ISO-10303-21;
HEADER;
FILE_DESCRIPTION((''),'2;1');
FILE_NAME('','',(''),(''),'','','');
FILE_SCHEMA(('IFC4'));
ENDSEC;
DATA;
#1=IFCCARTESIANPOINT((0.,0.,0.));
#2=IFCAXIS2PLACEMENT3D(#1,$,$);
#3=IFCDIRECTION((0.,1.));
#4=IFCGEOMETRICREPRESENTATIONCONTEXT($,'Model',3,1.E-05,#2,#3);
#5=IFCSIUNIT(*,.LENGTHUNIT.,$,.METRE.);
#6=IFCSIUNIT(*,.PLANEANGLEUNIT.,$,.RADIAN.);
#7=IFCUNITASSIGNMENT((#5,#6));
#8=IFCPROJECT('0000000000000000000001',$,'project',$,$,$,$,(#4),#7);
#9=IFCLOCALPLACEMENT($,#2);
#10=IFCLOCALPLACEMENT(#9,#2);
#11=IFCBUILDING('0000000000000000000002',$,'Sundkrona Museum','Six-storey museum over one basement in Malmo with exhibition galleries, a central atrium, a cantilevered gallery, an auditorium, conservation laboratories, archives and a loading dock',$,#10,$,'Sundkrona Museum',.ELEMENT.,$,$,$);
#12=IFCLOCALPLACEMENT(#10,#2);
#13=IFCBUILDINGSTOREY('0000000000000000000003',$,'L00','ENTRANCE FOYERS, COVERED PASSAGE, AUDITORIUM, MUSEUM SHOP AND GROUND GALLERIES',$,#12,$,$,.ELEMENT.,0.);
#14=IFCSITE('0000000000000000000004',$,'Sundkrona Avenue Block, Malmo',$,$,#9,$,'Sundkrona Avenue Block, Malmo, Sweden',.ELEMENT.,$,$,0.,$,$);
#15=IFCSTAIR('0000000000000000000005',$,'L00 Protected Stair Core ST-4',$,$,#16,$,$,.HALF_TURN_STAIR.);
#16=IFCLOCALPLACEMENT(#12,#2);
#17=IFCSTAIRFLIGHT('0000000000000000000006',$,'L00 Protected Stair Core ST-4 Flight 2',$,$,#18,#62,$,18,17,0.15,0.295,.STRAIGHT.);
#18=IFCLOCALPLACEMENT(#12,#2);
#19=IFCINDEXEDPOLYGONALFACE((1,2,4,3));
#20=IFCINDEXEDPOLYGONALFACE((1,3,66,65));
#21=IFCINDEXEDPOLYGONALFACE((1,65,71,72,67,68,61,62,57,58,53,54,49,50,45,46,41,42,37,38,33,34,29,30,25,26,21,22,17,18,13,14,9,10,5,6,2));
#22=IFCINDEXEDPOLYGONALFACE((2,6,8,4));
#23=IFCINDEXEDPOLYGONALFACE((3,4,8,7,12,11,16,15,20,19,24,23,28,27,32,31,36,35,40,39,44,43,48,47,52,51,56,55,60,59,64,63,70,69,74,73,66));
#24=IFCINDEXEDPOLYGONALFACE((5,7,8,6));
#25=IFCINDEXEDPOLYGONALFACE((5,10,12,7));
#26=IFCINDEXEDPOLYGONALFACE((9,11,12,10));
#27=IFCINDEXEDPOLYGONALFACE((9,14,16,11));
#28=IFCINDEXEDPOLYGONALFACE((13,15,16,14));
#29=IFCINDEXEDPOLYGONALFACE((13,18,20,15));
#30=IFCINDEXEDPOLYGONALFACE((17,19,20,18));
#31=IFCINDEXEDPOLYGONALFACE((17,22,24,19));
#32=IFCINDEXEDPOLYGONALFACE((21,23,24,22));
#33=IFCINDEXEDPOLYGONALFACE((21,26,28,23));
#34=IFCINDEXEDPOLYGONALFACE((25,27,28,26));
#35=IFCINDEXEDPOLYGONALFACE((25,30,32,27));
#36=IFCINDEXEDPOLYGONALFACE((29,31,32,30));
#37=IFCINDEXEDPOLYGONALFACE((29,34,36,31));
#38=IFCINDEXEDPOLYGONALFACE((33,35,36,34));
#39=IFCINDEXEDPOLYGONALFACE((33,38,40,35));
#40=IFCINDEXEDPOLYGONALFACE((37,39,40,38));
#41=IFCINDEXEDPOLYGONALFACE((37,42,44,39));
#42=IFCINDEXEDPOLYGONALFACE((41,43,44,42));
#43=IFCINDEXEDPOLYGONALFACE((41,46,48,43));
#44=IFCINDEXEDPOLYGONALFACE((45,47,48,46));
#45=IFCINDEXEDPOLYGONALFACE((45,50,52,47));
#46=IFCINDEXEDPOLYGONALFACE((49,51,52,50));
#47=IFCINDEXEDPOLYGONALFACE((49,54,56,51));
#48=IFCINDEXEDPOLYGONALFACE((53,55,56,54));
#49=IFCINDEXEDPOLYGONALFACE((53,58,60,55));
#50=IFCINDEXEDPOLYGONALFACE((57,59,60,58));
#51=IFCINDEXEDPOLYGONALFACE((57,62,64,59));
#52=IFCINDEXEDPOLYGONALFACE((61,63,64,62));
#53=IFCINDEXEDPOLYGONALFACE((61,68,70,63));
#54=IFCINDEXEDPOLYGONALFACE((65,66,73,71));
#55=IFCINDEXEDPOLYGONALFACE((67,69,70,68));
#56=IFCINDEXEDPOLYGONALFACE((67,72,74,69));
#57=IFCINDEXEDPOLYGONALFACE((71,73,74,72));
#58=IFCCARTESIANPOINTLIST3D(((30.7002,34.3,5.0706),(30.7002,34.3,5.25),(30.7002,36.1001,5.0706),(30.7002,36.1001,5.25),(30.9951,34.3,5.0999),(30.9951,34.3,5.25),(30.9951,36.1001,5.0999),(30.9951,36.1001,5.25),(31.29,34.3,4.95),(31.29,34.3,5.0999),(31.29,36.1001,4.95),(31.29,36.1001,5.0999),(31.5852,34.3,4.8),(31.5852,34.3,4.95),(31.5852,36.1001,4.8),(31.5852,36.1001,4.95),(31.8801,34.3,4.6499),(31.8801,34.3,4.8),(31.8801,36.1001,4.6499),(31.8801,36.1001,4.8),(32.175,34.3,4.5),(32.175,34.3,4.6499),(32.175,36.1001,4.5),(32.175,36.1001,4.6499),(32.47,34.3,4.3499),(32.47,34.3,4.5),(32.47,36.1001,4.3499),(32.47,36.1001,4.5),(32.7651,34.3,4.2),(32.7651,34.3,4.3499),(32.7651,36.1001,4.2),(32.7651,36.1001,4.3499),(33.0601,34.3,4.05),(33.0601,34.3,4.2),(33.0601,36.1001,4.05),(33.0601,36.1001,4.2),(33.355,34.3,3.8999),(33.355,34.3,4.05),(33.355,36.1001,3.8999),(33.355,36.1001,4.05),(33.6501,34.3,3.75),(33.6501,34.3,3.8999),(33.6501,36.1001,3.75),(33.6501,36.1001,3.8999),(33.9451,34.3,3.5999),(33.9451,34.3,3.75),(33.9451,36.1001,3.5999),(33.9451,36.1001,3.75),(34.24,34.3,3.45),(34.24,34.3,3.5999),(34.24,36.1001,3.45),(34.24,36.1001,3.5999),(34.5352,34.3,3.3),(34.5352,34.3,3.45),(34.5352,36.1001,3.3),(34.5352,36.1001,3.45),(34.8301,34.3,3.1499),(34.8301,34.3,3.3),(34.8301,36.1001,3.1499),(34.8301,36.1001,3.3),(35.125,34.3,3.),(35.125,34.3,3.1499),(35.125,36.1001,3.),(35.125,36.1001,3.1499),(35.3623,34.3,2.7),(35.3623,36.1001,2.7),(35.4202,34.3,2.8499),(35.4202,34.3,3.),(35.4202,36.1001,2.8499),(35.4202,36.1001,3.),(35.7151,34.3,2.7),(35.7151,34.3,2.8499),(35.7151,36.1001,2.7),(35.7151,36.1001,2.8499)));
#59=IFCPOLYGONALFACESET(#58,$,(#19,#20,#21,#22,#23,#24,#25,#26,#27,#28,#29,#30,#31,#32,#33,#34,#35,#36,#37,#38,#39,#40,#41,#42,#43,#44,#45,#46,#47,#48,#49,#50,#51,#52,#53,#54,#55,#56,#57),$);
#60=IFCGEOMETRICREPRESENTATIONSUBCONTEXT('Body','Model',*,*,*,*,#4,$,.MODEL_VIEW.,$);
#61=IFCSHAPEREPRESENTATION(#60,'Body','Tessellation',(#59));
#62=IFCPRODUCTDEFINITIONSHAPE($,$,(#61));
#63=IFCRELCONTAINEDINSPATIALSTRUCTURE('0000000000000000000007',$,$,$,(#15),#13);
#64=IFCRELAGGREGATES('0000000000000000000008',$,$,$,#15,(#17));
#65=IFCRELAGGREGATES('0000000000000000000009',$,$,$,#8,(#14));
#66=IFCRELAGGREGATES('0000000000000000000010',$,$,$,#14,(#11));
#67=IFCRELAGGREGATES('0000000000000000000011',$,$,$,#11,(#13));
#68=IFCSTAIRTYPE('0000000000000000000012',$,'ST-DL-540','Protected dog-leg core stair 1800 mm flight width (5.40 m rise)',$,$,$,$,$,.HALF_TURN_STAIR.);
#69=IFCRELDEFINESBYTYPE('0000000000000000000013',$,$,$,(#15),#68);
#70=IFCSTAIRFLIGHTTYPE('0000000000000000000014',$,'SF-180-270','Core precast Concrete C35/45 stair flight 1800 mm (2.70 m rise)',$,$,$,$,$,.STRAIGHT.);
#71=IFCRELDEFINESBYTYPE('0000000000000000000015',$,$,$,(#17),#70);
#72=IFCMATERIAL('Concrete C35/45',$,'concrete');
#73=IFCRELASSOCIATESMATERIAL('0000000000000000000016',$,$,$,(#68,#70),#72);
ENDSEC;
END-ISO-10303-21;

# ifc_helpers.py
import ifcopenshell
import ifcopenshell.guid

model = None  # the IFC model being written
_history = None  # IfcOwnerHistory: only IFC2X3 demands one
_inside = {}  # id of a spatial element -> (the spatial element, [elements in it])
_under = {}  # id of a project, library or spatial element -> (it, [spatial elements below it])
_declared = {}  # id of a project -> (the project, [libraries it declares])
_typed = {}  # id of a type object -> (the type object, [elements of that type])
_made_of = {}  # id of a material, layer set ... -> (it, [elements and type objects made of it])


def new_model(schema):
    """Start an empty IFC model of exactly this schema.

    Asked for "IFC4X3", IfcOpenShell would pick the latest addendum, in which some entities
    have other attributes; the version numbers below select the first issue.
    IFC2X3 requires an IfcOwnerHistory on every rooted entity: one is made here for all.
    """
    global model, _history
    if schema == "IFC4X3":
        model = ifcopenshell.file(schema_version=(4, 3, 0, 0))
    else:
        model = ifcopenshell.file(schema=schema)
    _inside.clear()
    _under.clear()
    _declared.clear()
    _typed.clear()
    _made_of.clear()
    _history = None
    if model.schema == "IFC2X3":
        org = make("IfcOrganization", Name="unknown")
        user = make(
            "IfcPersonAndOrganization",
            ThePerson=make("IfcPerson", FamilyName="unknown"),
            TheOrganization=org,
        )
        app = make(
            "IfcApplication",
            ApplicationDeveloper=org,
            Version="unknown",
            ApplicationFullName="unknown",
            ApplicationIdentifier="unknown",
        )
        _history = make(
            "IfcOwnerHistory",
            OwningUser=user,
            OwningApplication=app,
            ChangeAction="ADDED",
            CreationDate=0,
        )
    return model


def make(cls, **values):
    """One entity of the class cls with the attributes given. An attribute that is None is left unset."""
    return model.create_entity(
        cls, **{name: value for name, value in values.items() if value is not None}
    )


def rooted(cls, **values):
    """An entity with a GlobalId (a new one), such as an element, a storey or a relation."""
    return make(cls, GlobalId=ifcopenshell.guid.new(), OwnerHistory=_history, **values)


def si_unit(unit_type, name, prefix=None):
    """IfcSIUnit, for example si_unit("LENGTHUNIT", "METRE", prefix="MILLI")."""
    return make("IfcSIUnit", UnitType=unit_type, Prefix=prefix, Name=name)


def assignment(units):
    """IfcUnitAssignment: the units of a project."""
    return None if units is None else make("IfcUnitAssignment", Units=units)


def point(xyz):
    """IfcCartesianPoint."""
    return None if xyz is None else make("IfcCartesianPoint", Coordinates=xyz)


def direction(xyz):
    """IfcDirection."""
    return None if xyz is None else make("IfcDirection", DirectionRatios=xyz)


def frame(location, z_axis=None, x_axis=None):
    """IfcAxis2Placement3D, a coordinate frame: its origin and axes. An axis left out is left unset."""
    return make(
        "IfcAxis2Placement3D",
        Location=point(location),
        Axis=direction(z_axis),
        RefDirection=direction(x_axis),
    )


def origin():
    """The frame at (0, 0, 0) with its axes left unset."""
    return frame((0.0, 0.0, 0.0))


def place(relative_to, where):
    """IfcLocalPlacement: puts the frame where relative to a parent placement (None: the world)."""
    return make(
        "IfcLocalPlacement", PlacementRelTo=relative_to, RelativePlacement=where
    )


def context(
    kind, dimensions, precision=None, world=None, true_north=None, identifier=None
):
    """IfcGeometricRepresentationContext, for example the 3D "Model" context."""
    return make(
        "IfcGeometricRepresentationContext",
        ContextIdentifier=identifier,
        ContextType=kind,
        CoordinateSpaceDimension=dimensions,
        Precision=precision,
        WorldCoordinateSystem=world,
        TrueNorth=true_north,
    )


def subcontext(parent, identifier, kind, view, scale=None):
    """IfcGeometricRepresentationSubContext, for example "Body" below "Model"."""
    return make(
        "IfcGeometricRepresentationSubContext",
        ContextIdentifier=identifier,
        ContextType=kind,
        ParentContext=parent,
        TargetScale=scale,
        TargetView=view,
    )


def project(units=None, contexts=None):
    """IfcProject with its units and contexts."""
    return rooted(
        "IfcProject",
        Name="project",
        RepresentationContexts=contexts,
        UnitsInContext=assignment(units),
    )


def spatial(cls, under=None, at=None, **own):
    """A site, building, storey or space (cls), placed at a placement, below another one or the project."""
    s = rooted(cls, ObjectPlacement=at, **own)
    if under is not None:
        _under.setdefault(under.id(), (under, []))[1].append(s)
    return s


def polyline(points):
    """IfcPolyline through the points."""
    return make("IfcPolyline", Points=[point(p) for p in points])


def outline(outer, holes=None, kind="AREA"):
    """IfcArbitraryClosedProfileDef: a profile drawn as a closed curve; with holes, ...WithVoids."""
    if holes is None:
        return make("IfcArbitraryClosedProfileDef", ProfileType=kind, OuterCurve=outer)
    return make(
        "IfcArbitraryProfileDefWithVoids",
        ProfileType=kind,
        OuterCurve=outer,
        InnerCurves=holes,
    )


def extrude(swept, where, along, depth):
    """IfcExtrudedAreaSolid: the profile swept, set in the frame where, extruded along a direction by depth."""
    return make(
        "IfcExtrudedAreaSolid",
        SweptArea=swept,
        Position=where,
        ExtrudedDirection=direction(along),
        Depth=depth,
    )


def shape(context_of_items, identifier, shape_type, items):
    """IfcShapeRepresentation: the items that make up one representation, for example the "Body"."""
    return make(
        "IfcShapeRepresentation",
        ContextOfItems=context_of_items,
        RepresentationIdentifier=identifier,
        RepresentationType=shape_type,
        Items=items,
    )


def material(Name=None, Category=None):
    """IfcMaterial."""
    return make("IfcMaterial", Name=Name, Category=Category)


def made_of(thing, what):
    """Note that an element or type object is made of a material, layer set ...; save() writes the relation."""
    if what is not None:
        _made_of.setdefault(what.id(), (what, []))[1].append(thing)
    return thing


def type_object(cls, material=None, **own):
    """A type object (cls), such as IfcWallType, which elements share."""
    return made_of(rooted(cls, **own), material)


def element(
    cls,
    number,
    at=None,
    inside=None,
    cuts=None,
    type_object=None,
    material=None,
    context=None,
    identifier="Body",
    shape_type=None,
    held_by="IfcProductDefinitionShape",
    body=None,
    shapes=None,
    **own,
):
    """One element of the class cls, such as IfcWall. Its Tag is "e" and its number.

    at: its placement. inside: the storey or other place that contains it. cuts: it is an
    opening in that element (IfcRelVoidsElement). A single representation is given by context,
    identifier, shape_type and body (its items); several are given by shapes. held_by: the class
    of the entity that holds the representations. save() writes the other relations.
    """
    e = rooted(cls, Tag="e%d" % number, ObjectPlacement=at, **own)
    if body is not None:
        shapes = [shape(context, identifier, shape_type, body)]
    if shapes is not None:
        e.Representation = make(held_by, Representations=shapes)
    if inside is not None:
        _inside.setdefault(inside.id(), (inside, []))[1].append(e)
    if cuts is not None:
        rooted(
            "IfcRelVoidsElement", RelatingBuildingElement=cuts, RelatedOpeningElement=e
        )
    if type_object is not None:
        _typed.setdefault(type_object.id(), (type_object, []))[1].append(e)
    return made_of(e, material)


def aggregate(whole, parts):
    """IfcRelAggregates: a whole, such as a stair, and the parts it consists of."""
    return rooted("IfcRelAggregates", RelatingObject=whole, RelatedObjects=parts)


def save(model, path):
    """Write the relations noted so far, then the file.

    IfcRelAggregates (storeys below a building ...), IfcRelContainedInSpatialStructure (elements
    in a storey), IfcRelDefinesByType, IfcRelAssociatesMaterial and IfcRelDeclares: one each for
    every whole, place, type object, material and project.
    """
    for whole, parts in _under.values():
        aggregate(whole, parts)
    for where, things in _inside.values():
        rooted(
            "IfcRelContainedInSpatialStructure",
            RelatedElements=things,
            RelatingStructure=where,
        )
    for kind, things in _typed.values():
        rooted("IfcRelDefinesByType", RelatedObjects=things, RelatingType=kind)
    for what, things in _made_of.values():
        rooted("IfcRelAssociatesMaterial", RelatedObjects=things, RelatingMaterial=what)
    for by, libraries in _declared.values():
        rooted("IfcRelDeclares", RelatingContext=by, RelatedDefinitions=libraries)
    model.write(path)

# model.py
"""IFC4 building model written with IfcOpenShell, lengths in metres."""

from ifc_helpers import new_model, si_unit, direction, frame, origin, place, context, subcontext, project, spatial, polyline, outline, extrude, material, type_object, element, aggregate, save


model = new_model("IFC4")

# Units and contexts
model_context = context("Model", 3, precision=1e-05, world=origin(), true_north=direction((0.0, 1.0)))
body_context = subcontext(model_context, "Body", "Model", "MODEL_VIEW")
ifc_project = project(units=[si_unit("LENGTHUNIT", "METRE"), si_unit("PLANEANGLEUNIT", "RADIAN")], contexts=[model_context])

# Site, building, storey
site_placement = place(None, origin())
site = spatial("IfcSite", under=ifc_project, at=site_placement, Name="Sundkrona Avenue Block, Malmo", LongName="Sundkrona Avenue Block, Malmo, Sweden", CompositionType="ELEMENT", RefElevation=0.0)
building_placement = place(site_placement, origin())
building = spatial("IfcBuilding", under=site, at=building_placement, Name="Sundkrona Museum", Description="Six-storey museum over one basement in Malmo with exhibition galleries, a central atrium, a cantilevered gallery, an auditorium, conservation laboratories, archives and a loading dock", LongName="Sundkrona Museum", CompositionType="ELEMENT")
storey_placement = place(building_placement, origin())
storey = spatial("IfcBuildingStorey", under=building, at=storey_placement, Name="L00", Description="ENTRANCE FOYERS, COVERED PASSAGE, AUDITORIUM, MUSEUM SHOP AND GROUND GALLERIES", CompositionType="ELEMENT", Elevation=0.0)

# Stair, stair flight
ifc_material_1 = material(Name="Concrete C35/45", Category="concrete")
stair_type = type_object("IfcStairType", Name="ST-DL-540", Description="Protected dog-leg core stair 1800 mm flight width (5.40 m rise)", PredefinedType="HALF_TURN_STAIR", material=ifc_material_1)
stair_placement = place(storey_placement, origin())
stair = element("IfcStair", 1, at=stair_placement, inside=storey, type_object=stair_type, Name="L00 Protected Stair Core ST-4", PredefinedType="HALF_TURN_STAIR")
stair_flight_type = type_object("IfcStairFlightType", Name="SF-180-270", Description="Core precast Concrete C35/45 stair flight 1800 mm (2.70 m rise)", PredefinedType="STRAIGHT", material=ifc_material_1)
stair_flight_1_placement = place(storey_placement, frame((35.7151, 35.2, 2.7), z_axis=(0.0, 0.0, 1.0), x_axis=(-1.0, 0.0, 0.0)))
stair_flight_1 = element("IfcStairFlight", 2, at=stair_flight_1_placement, type_object=stair_flight_type, Name="L00 Protected Stair Core ST-4 Flight 2", NumberOfRisers=18, NumberOfTreads=17, PredefinedType="STRAIGHT", RiserHeight=0.15, TreadLength=0.295, context=body_context, shape_type="SweptSolid", body=[
    extrude(outline(polyline([(0.0, 0.0), (0.0, 0.1499), (0.2949, 0.1499), (0.2949, 0.3), (0.5901, 0.3), (0.5901, 0.45), (0.885, 0.45), (0.885, 0.6001), (1.1799, 0.6001), (1.1799, 0.75), (1.4751, 0.75), (1.4751, 0.8999), (1.77, 0.8999), (1.77, 1.05), (2.0649, 1.05), (2.0649, 1.2), (2.3601, 1.2), (2.3601, 1.3501), (2.655, 1.3501), (2.655, 1.5), (2.95, 1.5), (2.95, 1.6499), (3.2451, 1.6499), (3.2451, 1.8), (3.54, 1.8), (3.54, 1.95), (3.835, 1.95), (3.835, 2.1001), (4.1299, 2.1001), (4.1299, 2.25), (4.425, 2.25), (4.425, 2.3999), (4.72, 2.3999), (4.72, 2.55), (5.0149, 2.55), (5.0149, 2.7), (5.0149, 2.3706), (0.3528, 0.0), (0.0, 0.0)])), frame((0.0, 0.8999, 0.0), z_axis=(0.0, -1.0, 0.0), x_axis=(1.0, 0.0, 0.0)), (0.0, 0.0, 1.0), 1.8),
])
aggregate(stair, [stair_flight_1])

save(model, "model.ifc")
